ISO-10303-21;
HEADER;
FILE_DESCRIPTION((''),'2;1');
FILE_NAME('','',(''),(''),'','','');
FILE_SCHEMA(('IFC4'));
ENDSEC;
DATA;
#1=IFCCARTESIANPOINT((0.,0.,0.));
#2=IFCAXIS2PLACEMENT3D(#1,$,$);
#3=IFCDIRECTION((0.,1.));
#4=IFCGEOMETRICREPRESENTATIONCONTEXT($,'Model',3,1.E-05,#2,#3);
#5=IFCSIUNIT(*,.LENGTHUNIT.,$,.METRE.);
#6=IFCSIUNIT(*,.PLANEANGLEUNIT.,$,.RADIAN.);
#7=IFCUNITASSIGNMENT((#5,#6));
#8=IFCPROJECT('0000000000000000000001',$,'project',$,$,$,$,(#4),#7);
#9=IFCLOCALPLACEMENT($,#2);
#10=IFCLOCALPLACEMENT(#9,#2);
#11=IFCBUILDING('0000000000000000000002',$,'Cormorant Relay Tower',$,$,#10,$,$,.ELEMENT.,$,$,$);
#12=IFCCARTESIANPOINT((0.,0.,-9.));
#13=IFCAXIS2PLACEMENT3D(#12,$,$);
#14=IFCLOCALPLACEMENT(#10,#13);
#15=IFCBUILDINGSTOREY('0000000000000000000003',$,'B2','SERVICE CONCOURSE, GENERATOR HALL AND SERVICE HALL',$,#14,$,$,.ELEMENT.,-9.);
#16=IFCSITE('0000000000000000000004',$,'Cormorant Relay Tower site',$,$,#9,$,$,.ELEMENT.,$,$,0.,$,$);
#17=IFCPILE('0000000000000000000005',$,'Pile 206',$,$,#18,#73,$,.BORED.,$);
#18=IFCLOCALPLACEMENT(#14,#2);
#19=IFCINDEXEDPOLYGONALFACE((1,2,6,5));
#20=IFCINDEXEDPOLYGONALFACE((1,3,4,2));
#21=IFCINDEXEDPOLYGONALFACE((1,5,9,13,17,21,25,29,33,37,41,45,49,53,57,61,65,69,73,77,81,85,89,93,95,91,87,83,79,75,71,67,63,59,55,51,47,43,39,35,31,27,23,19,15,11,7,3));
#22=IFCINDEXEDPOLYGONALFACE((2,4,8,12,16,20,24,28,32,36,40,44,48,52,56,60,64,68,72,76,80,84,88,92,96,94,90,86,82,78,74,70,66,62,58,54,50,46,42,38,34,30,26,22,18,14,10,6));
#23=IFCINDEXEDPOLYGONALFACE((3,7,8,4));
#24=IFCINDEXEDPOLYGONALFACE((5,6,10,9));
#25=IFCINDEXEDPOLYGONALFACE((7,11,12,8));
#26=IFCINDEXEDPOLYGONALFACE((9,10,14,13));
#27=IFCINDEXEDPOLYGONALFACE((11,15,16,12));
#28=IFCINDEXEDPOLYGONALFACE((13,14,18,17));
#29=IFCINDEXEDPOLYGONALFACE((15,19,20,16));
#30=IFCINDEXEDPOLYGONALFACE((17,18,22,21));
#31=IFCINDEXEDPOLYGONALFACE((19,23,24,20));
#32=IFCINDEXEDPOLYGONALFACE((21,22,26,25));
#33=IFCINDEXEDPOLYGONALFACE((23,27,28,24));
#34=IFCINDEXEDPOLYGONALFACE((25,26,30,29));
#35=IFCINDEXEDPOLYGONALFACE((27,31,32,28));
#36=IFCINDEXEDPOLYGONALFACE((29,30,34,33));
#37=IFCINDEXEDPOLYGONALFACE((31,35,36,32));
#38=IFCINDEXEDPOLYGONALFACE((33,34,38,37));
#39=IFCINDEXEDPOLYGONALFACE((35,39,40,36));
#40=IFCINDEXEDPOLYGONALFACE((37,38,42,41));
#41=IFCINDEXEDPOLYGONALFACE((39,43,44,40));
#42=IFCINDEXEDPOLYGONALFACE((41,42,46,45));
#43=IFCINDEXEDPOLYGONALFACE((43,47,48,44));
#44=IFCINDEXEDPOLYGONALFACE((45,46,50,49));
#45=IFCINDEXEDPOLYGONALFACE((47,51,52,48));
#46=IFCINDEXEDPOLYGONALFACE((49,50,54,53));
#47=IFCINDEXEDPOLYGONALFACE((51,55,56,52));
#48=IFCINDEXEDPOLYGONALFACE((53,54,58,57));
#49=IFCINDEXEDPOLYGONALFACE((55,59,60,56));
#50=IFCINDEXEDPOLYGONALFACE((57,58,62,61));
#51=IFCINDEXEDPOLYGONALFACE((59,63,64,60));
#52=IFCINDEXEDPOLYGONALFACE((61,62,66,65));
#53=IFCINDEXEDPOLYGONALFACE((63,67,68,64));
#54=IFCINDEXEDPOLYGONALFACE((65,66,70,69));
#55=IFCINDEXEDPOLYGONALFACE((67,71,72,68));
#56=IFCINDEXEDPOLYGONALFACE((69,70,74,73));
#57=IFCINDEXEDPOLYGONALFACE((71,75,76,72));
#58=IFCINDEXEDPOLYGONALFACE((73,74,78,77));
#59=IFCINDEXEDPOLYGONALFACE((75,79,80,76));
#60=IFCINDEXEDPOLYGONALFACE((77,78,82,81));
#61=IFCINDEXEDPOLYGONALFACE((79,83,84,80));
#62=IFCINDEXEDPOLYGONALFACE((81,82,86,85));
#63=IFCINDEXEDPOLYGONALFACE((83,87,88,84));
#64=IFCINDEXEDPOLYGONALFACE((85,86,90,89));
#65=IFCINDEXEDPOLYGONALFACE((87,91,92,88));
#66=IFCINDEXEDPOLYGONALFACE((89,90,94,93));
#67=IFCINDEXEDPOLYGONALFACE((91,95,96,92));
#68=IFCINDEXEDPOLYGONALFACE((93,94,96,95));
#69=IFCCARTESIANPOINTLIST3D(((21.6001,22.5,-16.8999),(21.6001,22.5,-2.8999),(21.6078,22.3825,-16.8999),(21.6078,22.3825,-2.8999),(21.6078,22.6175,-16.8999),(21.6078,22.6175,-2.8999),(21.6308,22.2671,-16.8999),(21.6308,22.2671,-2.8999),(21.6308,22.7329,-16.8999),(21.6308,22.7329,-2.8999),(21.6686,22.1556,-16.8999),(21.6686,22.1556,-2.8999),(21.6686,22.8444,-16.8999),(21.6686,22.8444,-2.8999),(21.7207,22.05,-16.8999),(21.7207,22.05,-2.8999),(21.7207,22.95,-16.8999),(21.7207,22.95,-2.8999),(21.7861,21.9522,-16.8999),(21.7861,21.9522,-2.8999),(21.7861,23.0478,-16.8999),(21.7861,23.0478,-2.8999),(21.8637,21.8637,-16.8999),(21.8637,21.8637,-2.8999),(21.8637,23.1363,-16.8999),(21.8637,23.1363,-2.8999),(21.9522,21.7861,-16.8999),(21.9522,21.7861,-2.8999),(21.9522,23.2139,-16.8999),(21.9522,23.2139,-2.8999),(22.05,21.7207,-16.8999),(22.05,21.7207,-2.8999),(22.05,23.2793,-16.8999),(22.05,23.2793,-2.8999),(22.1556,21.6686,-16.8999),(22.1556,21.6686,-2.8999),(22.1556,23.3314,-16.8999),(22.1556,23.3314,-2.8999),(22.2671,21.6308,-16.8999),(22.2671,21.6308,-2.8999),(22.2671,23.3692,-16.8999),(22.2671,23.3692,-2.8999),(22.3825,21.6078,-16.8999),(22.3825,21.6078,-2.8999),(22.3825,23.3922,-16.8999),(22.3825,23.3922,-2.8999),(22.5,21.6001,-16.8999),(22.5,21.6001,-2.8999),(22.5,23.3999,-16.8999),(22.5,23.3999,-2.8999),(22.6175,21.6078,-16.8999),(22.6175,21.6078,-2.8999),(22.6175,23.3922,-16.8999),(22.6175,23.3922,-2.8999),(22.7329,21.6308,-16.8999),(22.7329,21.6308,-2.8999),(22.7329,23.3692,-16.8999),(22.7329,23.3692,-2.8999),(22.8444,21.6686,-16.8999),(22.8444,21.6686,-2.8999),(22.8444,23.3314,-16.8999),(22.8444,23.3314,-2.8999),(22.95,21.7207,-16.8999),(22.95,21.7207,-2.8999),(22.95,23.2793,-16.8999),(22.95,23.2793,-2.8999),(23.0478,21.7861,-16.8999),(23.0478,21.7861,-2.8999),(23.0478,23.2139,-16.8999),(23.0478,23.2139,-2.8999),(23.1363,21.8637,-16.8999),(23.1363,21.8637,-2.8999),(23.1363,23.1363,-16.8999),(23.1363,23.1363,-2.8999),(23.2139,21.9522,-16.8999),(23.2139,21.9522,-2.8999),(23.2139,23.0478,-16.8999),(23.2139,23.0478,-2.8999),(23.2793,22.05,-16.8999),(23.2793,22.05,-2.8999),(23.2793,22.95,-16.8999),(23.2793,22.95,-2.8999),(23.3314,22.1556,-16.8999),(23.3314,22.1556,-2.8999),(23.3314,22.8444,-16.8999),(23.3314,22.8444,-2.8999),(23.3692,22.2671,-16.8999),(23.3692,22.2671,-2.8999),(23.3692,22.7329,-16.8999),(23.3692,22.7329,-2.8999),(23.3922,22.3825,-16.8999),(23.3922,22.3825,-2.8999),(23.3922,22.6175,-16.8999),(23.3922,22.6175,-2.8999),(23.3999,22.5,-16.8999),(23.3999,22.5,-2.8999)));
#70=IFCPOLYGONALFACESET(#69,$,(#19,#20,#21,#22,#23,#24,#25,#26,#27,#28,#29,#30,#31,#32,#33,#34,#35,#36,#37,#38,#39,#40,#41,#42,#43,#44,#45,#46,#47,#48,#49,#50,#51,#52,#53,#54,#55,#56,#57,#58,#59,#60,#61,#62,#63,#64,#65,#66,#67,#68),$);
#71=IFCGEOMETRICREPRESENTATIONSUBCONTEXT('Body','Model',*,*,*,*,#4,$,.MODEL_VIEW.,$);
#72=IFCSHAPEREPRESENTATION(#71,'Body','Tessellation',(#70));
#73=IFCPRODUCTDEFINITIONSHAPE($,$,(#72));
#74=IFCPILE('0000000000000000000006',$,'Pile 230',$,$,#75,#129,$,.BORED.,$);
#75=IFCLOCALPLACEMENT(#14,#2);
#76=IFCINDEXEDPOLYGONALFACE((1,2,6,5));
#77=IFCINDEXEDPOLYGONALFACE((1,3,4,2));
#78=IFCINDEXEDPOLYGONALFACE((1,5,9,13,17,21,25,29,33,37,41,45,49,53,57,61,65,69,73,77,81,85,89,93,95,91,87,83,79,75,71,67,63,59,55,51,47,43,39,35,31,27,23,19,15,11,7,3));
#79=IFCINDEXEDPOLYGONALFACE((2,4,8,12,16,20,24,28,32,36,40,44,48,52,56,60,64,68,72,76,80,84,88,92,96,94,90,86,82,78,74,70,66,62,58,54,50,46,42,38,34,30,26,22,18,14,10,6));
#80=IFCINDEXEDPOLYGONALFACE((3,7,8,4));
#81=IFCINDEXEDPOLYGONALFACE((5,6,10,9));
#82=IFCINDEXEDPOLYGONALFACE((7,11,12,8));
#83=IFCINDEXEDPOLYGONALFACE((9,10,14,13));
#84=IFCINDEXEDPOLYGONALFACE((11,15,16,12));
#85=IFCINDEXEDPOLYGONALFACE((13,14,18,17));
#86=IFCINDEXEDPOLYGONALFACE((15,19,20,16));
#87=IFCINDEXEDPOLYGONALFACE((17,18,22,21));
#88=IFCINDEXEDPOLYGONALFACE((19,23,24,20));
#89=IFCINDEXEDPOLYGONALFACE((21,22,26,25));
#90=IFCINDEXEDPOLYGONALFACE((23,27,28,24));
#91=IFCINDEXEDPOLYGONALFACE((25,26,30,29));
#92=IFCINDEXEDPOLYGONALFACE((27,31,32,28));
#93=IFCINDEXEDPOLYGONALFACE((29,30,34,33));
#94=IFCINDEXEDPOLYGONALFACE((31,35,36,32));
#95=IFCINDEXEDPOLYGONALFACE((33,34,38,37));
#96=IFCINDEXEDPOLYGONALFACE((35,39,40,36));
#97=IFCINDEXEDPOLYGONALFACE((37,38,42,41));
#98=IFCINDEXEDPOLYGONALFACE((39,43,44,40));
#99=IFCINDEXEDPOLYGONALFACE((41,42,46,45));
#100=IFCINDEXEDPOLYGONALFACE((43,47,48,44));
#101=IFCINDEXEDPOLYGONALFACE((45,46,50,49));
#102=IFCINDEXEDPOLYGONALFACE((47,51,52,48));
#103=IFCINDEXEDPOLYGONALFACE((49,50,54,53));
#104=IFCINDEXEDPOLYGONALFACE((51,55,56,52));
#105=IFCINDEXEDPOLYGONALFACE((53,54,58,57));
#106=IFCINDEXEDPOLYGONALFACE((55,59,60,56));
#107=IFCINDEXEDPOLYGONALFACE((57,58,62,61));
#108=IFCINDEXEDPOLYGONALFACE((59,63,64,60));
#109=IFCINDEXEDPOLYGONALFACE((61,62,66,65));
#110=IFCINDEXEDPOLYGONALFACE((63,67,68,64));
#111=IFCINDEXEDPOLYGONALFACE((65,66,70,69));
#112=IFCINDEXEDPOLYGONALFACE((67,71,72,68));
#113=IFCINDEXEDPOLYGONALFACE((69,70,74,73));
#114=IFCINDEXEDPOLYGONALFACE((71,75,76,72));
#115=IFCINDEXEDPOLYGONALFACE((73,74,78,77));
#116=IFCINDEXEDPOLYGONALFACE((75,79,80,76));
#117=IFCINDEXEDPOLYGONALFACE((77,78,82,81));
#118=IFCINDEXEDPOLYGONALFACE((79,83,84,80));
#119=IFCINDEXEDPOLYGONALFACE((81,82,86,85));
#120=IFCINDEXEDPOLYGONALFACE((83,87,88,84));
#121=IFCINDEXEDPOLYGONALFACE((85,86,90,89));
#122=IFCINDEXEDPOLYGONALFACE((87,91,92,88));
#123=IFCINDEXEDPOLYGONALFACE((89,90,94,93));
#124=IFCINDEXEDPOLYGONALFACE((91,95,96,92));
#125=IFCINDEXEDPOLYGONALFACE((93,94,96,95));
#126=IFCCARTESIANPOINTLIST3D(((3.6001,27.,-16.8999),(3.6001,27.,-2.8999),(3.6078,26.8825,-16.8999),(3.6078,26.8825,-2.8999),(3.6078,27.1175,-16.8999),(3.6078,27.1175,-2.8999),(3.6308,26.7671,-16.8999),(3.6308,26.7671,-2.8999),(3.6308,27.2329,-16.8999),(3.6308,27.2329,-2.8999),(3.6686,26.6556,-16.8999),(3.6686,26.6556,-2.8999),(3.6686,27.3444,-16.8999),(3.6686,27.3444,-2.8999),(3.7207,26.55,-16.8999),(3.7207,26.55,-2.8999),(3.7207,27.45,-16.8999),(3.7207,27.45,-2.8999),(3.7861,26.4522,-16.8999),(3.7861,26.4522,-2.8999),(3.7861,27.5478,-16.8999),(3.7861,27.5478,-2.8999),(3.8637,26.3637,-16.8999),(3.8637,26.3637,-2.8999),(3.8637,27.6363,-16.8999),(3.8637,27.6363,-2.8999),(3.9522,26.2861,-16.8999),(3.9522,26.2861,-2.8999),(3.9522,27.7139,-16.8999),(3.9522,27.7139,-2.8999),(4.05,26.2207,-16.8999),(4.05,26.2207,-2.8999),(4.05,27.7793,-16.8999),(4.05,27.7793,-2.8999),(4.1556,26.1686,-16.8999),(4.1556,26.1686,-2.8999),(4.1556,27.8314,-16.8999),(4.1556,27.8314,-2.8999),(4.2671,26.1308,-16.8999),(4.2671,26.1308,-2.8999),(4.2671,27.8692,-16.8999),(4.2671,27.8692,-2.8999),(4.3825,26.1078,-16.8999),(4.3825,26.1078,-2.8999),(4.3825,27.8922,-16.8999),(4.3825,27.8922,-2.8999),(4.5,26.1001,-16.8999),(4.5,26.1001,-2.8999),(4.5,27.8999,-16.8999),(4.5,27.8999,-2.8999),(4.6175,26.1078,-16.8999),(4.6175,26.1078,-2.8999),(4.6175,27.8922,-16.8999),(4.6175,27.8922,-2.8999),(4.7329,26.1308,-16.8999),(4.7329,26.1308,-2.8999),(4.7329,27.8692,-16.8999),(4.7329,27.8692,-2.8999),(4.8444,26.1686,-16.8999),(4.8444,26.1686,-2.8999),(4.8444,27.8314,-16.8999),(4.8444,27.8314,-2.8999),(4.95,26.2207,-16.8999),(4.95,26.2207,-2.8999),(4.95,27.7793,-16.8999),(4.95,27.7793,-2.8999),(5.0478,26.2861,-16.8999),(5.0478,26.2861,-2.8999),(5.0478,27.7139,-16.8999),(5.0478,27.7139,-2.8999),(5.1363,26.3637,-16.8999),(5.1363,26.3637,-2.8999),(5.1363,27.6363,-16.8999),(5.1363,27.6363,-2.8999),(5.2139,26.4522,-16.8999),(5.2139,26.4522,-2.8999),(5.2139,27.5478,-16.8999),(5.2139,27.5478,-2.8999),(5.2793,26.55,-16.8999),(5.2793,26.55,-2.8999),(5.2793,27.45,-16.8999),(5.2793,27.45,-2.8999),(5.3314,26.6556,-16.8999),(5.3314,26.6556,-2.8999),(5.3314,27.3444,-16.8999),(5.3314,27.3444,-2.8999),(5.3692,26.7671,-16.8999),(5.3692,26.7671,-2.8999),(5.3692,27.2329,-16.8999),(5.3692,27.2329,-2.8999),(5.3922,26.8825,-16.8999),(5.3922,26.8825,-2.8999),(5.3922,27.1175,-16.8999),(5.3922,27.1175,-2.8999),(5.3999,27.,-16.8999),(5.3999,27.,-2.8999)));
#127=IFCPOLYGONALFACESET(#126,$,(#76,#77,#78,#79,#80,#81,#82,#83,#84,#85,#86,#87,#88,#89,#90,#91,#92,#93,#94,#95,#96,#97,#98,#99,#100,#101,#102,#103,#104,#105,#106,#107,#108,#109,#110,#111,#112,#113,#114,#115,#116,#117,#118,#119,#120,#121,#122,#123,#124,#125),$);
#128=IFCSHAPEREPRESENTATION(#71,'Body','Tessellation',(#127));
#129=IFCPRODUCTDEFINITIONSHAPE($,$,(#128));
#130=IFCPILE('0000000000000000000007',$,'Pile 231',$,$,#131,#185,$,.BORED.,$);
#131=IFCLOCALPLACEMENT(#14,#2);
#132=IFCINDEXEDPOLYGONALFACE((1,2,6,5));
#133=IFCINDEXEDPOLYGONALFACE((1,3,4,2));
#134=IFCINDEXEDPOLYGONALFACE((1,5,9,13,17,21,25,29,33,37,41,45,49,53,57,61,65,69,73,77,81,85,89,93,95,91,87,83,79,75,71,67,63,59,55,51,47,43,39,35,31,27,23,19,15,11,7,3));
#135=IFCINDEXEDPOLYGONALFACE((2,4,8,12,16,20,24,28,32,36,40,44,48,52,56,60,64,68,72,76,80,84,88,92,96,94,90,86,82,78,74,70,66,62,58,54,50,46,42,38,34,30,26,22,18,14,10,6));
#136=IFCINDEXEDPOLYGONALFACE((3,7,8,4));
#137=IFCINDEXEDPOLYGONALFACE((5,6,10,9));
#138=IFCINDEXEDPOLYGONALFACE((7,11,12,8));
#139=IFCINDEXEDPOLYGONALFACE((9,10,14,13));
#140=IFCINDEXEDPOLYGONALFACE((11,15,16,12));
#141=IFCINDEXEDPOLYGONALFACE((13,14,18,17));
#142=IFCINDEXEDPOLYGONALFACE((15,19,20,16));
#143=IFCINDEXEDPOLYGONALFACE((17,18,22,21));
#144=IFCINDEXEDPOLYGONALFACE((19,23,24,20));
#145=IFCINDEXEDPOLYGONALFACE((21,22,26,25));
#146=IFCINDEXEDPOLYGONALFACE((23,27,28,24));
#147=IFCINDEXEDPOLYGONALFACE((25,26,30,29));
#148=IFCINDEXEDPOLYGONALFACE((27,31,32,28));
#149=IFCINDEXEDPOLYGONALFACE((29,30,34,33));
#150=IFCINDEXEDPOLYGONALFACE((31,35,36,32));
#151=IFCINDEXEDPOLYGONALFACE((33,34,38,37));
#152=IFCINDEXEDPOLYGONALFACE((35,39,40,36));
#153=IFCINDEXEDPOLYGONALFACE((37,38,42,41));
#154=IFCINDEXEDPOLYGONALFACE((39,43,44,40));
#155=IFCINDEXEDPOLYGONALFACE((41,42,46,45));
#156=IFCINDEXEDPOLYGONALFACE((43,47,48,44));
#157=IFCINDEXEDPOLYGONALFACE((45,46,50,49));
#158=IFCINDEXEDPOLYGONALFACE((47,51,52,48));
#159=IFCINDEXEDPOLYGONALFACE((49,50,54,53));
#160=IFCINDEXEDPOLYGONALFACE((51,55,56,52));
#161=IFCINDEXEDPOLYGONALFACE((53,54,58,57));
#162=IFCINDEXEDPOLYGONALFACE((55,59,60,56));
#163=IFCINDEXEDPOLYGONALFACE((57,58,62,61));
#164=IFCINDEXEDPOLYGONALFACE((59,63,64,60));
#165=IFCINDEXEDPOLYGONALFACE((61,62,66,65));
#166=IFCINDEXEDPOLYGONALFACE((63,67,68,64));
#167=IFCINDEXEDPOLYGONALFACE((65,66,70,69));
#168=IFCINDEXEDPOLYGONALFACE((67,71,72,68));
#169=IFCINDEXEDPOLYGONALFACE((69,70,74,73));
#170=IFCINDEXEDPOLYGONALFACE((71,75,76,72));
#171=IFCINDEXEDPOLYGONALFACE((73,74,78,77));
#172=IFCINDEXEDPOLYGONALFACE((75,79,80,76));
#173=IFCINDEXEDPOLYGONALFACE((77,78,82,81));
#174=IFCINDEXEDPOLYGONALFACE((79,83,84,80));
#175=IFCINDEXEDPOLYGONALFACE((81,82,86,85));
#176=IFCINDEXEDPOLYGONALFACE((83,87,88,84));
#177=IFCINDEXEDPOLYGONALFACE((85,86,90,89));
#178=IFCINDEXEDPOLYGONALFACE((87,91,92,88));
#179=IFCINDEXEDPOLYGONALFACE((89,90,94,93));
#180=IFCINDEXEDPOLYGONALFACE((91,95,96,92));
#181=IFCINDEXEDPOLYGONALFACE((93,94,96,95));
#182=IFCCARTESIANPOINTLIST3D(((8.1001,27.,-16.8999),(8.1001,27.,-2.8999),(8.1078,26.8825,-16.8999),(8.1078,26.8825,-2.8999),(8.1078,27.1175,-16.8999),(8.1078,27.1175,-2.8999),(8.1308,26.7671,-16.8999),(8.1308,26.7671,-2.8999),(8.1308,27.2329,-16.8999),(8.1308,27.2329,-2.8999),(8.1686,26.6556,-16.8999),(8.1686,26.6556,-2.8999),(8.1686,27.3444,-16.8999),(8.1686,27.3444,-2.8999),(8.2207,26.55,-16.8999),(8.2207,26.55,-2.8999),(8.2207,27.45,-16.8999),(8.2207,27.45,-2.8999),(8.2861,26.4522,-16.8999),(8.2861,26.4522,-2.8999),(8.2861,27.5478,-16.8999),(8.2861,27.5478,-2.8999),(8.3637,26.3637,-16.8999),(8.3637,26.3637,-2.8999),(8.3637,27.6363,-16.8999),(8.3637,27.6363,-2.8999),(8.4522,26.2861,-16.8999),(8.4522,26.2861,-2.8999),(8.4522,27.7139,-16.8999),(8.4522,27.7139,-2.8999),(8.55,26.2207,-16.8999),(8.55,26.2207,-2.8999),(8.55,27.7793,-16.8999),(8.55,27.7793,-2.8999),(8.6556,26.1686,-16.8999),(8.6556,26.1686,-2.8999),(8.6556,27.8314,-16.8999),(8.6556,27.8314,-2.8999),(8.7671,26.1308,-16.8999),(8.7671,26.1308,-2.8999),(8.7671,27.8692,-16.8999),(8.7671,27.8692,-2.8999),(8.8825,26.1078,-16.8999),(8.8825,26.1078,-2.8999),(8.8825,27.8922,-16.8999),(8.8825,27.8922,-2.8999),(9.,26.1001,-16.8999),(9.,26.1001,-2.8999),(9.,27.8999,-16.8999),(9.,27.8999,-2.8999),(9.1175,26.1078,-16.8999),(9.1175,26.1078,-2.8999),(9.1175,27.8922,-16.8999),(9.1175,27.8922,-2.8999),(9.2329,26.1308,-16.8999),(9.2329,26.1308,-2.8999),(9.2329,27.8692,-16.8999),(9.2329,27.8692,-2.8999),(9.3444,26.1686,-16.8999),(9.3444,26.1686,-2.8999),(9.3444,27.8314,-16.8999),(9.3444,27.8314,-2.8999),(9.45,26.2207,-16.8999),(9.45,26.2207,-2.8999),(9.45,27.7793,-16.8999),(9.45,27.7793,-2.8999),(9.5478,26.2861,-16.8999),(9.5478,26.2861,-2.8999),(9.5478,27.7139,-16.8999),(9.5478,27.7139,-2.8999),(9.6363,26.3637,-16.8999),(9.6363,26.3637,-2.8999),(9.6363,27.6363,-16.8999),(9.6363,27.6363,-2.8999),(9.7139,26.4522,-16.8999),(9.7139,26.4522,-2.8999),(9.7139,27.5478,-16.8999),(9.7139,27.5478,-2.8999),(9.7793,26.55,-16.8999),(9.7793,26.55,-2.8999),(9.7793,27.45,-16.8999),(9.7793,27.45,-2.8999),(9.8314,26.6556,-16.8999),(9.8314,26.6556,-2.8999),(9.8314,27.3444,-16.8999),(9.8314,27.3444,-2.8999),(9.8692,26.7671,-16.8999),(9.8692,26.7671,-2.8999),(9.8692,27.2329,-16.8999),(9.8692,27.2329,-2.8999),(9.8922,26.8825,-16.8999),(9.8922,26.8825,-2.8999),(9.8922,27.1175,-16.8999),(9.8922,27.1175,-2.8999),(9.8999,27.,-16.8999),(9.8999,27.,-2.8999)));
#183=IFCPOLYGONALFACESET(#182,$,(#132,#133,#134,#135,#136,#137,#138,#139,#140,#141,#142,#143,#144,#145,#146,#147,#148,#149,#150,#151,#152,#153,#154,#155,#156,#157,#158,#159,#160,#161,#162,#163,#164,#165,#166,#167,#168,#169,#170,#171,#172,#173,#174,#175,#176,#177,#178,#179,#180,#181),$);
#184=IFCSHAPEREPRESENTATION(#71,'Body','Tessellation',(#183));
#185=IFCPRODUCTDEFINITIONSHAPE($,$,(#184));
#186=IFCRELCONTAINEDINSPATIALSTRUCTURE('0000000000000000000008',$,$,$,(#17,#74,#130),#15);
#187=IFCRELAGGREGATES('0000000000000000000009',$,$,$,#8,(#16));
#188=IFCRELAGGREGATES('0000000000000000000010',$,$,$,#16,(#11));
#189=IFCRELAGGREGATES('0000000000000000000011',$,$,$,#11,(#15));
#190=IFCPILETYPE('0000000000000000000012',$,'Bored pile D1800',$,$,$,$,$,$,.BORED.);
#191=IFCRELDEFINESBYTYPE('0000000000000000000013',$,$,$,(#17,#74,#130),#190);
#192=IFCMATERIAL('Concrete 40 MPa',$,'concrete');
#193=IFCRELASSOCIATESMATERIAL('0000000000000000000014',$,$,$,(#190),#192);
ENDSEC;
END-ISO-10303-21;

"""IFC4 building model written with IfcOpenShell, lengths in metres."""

from ifc_helpers import new_model, si_unit, direction, frame, origin, origin_2d, place, context, subcontext, project, spatial, circle, extrude, material, material_profile, profile_set, type_object, element, save


model = new_model("IFC4")

# Units and contexts
model_context = context("Model", 3, precision=1e-05, world=origin(), true_north=direction((0.0, 1.0)))
body_context = subcontext(model_context, "Body", "Model", "MODEL_VIEW")
ifc_project = project(units=[si_unit("LENGTHUNIT", "METRE"), si_unit("PLANEANGLEUNIT", "RADIAN")], contexts=[model_context])

# Site, building, storey
site_placement = place(None, origin())
site = spatial("IfcSite", under=ifc_project, at=site_placement, Name="Cormorant Relay Tower site", CompositionType="ELEMENT", RefElevation=0.0)
building_placement = place(site_placement, origin())
building = spatial("IfcBuilding", under=site, at=building_placement, Name="Cormorant Relay Tower", CompositionType="ELEMENT")
storey_placement = place(building_placement, frame((0.0, 0.0, -9.0)))
storey = spatial("IfcBuildingStorey", under=building, at=storey_placement, Name="B2", Description="SERVICE CONCOURSE, GENERATOR HALL AND SERVICE HALL", CompositionType="ELEMENT", Elevation=-9.0)

# Piles
ifc_material_1 = material(Name="Concrete 40 MPa", Category="concrete")
ifc_material_profile_1 = material_profile(ifc_material_1, circle(Radius=0.8999, at=origin_2d()), Name="BP1800")
ifc_profile_set_1 = profile_set([ifc_material_profile_1], Name="Concrete 40 MPa")
pile_type = type_object("IfcPileType", Name="Bored pile D1800", PredefinedType="BORED", material=ifc_profile_set_1)
for number, where, z_axis, x_axis, name in (
    (1, (22.5, 22.5, -2.8999), (0.0, 0.0, -1.0), (1.0, 0.0, 0.0), "Pile 206"),
    (2, (4.5, 27.0, -2.8999), (0.0, 0.0, -1.0), (1.0, 0.0, 0.0), "Pile 230"),
    (3, (9.0, 27.0, -2.8999), (0.0, 0.0, -1.0), (1.0, 0.0, 0.0), "Pile 231"),
):
    element("IfcPile", number, at=place(storey_placement, frame(where, z_axis=z_axis, x_axis=x_axis)), inside=storey, type_object=pile_type, Name=name, PredefinedType="BORED", context=body_context, shape_type="SweptSolid", body=[
        extrude(circle(Radius=0.8999, at=origin_2d()), origin(), (0.0, 0.0, 1.0), 14.0),
    ])

save(model, "model.ifc")
